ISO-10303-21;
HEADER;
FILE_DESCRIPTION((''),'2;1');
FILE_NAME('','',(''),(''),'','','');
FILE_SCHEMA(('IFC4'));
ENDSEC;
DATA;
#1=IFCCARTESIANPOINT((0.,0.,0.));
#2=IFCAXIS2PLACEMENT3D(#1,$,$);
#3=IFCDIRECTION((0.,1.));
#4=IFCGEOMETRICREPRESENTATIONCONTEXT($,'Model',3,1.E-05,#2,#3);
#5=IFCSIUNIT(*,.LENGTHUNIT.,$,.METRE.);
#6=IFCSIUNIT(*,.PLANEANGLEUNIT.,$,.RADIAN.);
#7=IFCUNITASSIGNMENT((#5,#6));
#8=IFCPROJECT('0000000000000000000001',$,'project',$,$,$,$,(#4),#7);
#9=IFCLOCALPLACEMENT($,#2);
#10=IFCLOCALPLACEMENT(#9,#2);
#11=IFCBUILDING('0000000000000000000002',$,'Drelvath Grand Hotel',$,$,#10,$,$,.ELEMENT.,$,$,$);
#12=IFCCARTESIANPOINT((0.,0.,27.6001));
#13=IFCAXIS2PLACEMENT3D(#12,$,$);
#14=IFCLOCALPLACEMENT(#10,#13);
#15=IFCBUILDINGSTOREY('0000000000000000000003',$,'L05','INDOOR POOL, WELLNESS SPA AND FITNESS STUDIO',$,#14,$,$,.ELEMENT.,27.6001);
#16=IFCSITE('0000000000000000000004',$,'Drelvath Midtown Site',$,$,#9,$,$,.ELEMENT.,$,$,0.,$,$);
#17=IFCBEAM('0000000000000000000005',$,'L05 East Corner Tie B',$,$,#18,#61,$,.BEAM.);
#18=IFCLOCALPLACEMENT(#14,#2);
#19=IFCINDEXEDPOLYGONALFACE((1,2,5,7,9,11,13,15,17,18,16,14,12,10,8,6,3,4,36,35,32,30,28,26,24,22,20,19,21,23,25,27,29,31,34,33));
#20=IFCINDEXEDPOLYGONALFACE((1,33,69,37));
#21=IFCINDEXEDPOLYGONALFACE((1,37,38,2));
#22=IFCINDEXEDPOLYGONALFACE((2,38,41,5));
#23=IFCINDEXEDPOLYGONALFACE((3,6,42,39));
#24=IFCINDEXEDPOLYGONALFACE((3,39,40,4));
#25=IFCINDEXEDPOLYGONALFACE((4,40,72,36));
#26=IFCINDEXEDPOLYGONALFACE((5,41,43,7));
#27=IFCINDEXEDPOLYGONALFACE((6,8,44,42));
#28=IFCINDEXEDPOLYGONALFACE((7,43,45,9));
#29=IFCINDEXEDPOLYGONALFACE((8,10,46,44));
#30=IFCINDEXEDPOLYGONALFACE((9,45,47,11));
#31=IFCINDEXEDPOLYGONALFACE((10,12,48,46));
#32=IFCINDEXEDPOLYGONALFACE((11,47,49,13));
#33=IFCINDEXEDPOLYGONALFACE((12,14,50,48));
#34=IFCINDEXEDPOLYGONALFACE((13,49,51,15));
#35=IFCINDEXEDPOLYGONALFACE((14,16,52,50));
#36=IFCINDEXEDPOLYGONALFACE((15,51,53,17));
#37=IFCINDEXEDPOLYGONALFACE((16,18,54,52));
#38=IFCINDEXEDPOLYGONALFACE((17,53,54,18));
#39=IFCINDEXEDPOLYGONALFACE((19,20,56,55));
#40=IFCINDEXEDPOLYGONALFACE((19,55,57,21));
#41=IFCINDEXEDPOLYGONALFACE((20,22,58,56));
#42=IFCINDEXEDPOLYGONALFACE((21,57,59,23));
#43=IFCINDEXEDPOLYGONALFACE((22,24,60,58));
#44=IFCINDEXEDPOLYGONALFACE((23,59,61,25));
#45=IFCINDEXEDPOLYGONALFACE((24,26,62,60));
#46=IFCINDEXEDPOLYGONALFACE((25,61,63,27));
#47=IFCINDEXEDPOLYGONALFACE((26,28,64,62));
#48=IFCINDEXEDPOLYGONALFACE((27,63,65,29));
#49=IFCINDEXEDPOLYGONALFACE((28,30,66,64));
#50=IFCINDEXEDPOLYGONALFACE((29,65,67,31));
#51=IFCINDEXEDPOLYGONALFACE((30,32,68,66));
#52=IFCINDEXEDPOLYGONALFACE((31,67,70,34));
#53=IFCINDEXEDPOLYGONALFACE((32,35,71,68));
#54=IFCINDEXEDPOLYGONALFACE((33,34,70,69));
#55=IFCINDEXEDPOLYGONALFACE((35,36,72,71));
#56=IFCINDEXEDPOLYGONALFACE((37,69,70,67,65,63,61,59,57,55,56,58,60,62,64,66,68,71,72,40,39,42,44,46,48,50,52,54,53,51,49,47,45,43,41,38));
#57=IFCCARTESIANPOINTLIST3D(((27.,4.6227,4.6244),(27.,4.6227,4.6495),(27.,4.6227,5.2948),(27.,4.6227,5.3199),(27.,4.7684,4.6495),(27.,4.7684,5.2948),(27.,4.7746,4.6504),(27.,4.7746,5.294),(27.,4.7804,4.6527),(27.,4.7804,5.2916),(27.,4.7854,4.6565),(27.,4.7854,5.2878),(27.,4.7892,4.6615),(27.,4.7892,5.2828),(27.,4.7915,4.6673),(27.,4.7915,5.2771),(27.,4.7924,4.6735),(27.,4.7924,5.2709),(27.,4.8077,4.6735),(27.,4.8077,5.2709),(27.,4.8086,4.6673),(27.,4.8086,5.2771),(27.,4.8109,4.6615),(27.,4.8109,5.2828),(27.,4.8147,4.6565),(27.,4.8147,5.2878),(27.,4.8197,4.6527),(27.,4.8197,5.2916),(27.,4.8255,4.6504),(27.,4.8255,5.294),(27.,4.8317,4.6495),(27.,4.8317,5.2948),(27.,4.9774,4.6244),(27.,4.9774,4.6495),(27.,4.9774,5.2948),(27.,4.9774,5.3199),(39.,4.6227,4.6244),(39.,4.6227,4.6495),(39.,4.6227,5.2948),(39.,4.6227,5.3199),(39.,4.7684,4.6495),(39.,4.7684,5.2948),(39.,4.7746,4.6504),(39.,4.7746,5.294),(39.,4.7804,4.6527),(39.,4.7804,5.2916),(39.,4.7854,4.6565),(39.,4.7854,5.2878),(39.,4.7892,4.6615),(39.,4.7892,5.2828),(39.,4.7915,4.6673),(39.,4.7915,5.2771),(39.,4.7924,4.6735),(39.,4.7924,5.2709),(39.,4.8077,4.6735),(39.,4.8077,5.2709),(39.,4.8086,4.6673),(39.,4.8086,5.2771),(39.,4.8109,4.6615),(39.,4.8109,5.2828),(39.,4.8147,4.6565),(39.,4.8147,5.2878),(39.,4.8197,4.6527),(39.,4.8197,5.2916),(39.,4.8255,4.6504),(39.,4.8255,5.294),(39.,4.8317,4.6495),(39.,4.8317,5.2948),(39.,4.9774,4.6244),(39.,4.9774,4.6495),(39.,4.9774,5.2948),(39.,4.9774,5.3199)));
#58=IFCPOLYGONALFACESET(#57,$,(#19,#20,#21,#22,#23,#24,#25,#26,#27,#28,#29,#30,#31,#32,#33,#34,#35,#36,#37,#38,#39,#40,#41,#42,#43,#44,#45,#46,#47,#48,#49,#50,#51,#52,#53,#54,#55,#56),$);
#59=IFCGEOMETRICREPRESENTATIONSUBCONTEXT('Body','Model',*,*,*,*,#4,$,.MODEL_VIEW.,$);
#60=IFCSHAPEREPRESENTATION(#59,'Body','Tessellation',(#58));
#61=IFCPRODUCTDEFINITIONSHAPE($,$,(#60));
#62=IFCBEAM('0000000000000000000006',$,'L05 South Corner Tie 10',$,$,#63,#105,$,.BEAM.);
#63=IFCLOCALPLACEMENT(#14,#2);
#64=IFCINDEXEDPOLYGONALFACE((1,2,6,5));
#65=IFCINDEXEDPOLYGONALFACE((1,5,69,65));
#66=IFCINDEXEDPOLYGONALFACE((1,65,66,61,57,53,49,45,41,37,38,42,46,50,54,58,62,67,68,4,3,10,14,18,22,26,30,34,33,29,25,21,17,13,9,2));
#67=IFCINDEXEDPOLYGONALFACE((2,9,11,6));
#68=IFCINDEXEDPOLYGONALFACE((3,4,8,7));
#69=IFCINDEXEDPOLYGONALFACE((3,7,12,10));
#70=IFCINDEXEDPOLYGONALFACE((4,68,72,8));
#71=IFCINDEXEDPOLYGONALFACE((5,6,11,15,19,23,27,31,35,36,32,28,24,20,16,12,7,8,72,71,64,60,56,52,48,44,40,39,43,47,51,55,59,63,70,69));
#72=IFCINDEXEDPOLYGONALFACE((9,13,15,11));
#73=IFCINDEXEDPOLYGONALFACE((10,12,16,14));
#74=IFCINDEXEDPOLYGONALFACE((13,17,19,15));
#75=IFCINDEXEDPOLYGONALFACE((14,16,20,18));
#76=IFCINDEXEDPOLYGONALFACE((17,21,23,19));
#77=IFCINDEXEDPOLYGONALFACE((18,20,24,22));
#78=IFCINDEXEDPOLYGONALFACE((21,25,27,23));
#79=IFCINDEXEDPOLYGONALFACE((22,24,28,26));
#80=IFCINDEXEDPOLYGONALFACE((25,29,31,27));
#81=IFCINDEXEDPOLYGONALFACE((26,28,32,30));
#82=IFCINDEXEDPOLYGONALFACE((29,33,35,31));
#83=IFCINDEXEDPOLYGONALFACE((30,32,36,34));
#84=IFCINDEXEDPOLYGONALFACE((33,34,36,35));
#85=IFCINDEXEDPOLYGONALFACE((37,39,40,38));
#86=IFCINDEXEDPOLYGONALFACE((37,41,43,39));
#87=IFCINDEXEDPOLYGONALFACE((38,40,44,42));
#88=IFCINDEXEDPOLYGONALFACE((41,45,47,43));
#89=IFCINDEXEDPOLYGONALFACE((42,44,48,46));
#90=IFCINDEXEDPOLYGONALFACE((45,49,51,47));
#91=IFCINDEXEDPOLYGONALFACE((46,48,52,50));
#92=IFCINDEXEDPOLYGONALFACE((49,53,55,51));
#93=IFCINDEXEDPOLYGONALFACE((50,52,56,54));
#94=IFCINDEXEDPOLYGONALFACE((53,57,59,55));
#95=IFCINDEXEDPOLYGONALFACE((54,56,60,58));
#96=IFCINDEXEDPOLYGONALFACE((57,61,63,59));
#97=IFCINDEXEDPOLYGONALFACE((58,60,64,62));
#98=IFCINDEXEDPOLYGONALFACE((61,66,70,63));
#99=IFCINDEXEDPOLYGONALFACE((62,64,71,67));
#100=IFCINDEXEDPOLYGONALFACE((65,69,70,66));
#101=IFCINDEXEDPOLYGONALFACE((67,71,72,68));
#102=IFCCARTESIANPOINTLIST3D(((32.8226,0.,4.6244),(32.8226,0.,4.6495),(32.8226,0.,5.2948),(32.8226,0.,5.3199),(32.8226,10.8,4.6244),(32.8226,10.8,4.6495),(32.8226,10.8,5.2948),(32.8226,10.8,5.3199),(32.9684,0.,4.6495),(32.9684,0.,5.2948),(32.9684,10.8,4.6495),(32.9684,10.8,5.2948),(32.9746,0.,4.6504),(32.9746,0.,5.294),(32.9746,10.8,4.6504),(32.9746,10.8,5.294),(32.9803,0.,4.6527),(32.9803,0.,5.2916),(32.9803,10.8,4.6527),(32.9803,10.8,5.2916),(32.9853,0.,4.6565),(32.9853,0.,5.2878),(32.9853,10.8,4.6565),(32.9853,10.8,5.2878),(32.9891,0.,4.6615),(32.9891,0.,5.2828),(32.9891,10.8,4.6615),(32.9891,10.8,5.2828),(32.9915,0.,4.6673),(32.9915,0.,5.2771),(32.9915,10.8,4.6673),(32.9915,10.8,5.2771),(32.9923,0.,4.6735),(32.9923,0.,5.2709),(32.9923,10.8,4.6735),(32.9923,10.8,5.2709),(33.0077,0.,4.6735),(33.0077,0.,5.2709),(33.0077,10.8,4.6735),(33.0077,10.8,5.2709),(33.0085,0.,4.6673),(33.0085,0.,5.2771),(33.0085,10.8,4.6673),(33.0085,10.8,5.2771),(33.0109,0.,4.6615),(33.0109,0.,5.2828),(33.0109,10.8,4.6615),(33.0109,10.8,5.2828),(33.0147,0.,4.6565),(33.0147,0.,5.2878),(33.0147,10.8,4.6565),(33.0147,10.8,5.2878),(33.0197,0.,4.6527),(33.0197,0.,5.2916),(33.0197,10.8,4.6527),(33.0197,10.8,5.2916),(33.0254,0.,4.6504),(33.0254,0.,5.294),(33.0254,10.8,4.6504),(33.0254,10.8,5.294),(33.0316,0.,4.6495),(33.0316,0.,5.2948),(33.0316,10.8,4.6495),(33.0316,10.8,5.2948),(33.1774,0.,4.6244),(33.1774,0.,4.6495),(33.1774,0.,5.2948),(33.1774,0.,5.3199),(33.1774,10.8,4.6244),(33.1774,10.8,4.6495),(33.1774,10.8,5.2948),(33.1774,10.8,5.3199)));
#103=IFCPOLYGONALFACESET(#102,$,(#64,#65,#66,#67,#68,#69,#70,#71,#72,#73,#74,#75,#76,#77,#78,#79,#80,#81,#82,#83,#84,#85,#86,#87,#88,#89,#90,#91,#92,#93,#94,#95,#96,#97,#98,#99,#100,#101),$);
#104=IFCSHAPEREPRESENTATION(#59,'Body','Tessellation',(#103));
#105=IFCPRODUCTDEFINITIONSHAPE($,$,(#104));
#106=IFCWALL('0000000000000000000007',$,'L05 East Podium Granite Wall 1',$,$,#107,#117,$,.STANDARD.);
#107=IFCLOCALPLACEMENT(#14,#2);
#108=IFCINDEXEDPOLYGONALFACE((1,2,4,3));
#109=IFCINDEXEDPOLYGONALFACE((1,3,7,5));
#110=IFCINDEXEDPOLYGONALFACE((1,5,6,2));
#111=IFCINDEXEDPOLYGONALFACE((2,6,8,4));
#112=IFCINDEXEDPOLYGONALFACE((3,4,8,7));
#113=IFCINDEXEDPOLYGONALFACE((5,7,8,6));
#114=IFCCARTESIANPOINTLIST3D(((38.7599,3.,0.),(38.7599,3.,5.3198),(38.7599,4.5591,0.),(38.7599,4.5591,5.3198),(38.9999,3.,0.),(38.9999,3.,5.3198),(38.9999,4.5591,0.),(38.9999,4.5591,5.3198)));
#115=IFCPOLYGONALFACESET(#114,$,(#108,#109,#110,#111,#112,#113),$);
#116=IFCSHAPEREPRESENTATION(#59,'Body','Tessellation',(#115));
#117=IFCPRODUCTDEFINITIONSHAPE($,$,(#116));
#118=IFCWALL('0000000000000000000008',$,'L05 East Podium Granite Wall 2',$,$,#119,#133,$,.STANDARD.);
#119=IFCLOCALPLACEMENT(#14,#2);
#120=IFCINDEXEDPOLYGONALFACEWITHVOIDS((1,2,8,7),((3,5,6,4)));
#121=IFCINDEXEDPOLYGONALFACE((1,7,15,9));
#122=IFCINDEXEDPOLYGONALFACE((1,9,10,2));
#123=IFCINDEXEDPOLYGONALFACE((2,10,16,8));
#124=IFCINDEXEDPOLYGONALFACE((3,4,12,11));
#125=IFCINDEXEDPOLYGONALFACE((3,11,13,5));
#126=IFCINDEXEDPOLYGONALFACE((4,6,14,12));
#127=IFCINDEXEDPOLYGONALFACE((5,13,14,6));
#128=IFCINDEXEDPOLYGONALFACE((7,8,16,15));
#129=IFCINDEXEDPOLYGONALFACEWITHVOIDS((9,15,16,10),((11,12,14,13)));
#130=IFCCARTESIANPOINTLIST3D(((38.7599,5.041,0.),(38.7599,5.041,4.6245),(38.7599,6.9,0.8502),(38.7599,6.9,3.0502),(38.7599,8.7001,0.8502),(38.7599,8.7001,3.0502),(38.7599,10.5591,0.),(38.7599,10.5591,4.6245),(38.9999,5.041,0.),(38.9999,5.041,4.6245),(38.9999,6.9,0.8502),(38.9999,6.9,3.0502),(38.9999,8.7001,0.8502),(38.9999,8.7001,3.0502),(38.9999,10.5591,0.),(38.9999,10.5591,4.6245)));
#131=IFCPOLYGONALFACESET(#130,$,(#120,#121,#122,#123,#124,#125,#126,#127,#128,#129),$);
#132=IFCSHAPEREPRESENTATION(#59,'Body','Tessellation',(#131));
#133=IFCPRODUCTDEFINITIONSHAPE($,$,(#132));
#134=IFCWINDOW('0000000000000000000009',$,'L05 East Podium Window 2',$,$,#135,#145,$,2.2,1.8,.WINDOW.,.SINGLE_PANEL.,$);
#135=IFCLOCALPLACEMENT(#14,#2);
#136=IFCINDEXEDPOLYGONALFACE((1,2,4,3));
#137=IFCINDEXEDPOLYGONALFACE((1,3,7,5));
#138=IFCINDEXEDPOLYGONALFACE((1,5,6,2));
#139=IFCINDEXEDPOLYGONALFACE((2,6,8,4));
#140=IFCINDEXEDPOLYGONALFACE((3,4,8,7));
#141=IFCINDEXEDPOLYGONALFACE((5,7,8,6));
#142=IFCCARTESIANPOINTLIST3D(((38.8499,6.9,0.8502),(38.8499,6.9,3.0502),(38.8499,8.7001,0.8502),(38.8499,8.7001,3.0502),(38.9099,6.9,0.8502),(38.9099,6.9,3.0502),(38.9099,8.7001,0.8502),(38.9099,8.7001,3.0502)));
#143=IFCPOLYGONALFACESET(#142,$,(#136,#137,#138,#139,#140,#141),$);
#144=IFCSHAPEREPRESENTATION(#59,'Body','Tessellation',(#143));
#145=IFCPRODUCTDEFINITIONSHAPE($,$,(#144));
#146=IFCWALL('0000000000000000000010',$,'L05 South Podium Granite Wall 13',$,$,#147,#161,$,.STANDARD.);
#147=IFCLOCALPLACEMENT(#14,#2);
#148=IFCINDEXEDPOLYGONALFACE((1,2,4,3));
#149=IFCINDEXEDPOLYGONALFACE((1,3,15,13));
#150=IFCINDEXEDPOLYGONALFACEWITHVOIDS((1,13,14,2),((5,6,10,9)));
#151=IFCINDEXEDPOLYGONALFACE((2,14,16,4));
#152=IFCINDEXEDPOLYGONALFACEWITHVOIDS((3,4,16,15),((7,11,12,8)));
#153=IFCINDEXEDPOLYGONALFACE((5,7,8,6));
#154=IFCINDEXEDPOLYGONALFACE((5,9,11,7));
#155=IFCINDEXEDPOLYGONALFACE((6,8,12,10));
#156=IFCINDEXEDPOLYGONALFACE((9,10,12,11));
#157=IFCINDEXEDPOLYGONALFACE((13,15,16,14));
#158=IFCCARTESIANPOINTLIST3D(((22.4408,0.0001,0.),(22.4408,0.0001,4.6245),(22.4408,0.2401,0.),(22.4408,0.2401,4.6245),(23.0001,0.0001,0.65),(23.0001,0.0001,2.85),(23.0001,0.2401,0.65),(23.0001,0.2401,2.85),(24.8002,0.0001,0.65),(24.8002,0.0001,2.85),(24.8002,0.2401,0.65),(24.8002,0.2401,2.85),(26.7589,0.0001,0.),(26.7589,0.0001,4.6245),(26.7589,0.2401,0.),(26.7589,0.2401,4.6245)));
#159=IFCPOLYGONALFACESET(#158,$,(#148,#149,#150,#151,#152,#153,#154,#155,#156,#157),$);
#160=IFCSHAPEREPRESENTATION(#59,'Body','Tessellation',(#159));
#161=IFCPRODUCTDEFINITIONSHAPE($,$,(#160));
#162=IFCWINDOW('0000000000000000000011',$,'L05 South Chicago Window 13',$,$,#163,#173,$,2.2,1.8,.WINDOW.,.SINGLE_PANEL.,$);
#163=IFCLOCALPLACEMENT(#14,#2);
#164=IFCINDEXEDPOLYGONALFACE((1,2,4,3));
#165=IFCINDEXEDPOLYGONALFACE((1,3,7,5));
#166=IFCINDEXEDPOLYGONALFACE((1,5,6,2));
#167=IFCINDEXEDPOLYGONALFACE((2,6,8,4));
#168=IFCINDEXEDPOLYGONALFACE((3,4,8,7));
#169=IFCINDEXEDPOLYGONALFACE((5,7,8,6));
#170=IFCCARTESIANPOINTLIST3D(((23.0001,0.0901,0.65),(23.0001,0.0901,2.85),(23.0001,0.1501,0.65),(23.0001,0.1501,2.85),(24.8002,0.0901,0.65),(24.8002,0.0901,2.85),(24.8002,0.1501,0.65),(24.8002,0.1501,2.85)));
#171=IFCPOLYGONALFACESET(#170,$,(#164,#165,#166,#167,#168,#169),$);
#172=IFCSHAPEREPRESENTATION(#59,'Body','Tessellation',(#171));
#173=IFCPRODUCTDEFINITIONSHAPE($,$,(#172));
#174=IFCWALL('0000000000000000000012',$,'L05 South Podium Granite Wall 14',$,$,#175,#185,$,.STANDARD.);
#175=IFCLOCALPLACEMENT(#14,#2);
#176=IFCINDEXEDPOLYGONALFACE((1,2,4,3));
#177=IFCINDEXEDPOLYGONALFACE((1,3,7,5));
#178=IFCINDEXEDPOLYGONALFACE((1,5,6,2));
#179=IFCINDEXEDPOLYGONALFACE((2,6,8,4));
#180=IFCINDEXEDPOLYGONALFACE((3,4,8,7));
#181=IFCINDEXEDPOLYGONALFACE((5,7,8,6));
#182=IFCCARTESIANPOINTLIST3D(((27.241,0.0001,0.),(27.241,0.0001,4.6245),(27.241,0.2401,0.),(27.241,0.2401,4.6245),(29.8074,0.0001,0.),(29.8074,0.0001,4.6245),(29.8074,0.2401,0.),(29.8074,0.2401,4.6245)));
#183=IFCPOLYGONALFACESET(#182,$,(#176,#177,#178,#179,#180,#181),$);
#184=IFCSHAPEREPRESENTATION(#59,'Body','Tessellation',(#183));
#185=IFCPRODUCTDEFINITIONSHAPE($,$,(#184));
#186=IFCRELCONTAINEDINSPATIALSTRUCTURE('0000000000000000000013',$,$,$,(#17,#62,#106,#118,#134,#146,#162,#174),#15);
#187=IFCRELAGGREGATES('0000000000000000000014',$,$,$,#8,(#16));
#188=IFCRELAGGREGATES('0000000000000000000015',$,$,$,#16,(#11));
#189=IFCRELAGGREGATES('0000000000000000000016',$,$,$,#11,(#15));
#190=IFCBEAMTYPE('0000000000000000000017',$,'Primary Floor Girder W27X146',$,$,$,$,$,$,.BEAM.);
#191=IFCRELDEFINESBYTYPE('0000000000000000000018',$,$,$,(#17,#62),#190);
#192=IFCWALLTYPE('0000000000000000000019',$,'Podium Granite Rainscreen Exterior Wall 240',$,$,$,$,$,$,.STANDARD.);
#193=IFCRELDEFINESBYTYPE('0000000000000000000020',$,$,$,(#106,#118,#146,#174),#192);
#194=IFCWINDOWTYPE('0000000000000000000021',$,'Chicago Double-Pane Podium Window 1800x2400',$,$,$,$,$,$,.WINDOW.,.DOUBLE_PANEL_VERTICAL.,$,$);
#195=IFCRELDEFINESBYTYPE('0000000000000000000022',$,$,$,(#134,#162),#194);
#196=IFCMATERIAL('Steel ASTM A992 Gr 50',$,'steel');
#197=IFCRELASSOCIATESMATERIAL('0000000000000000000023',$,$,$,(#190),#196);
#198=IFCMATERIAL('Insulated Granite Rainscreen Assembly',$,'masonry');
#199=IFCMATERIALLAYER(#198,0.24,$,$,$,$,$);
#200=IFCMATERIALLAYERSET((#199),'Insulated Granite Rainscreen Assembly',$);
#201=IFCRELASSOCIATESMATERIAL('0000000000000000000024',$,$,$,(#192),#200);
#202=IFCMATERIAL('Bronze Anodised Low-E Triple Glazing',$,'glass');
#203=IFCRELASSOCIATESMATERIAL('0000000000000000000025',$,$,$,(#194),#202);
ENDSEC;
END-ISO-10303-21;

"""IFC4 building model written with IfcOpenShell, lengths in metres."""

from ifc_helpers import new_model, si_unit, direction, frame, frame_2d, origin, origin_2d, place, context, subcontext, project, spatial, rectangle, i_section, extrude, material, layer, layer_set, material_profile, profile_set, type_object, element, fill, save


model = new_model("IFC4")

# Units and contexts
model_context = context("Model", 3, precision=1e-05, world=origin(), true_north=direction((0.0, 1.0)))
body_context = subcontext(model_context, "Body", "Model", "MODEL_VIEW")
ifc_project = project(units=[si_unit("LENGTHUNIT", "METRE"), si_unit("PLANEANGLEUNIT", "RADIAN")], contexts=[model_context])

# Site, building, storey
site_placement = place(None, origin())
site = spatial("IfcSite", under=ifc_project, at=site_placement, Name="Drelvath Midtown Site", CompositionType="ELEMENT", RefElevation=0.0)
building_placement = place(site_placement, origin())
building = spatial("IfcBuilding", under=site, at=building_placement, Name="Drelvath Grand Hotel", CompositionType="ELEMENT")
storey_placement = place(building_placement, frame((0.0, 0.0, 27.6001)))
storey = spatial("IfcBuildingStorey", under=building, at=storey_placement, Name="L05", Description="INDOOR POOL, WELLNESS SPA AND FITNESS STUDIO", CompositionType="ELEMENT", Elevation=27.6001)

# Beams
ifc_material_1 = material(Name="Steel ASTM A992 Gr 50", Category="steel")
ifc_material_profile_1 = material_profile(ifc_material_1, i_section(OverallWidth=0.3547, OverallDepth=0.6956, WebThickness=0.0154, FlangeThickness=0.0251, FilletRadius=0.0239, at=origin_2d()), Name="W27X146")
ifc_profile_set_1 = profile_set([ifc_material_profile_1], Name="Steel ASTM A992 Gr 50")
beam_type_1 = type_object("IfcBeamType", Name="Primary Floor Girder W27X146", PredefinedType="BEAM", material=ifc_profile_set_1)
beam_1_placement = place(storey_placement, frame((27.0, 4.8, 4.9722), z_axis=(1.0, 0.0, 0.0), x_axis=(0.0, 1.0, 0.0)))
element("IfcBeam", 1, at=beam_1_placement, inside=storey, type_object=beam_type_1, Name="L05 East Corner Tie B", PredefinedType="BEAM", context=body_context, shape_type="SweptSolid", body=[
    extrude(i_section(OverallWidth=0.3547, OverallDepth=0.6956, WebThickness=0.0154, FlangeThickness=0.0251, FilletRadius=0.0239, at=origin_2d()), origin(), (0.0, 0.0, 1.0), 12.0),
])
beam_2_placement = place(storey_placement, frame((33.0, 0.0, 4.9722), z_axis=(0.0, 1.0, 0.0), x_axis=(-1.0, 0.0, 0.0)))
element("IfcBeam", 2, at=beam_2_placement, inside=storey, type_object=beam_type_1, Name="L05 South Corner Tie 10", PredefinedType="BEAM", context=body_context, shape_type="SweptSolid", body=[
    extrude(i_section(OverallWidth=0.3547, OverallDepth=0.6956, WebThickness=0.0154, FlangeThickness=0.0251, FilletRadius=0.0239, at=origin_2d()), origin(), (0.0, 0.0, 1.0), 10.8),
])

# Wall
ifc_material_2 = material(Name="Insulated Granite Rainscreen Assembly", Category="masonry")
ifc_layer_1 = layer(ifc_material_2, 0.24)
ifc_layer_set_1 = layer_set([ifc_layer_1], Name="Insulated Granite Rainscreen Assembly")
wall_type = type_object("IfcWallType", Name="Podium Granite Rainscreen Exterior Wall 240", PredefinedType="STANDARD", material=ifc_layer_set_1)
wall_1_placement = place(storey_placement, frame((38.8799, 4.5591, 0.0), z_axis=(0.0, 0.0, 1.0), x_axis=(0.0, -1.0, 0.0)))
element("IfcWall", 3, at=wall_1_placement, inside=storey, type_object=wall_type, Name="L05 East Podium Granite Wall 1", PredefinedType="STANDARD", context=body_context, shape_type="SweptSolid", body=[
    extrude(rectangle(XDim=1.5591, YDim=0.24, at=frame_2d((0.7795, 0.0))), origin(), (0.0, 0.0, 1.0), 5.3198),
])

# Walls, openings, windows
wall_2_placement = place(storey_placement, frame((38.8799, 10.5591, 0.0), z_axis=(0.0, 0.0, 1.0), x_axis=(0.0, -1.0, 0.0)))
wall_2 = element("IfcWall", 4, at=wall_2_placement, inside=storey, type_object=wall_type, Name="L05 East Podium Granite Wall 2", PredefinedType="STANDARD", context=body_context, shape_type="SweptSolid", body=[
    extrude(rectangle(XDim=5.5181, YDim=0.24, at=frame_2d((2.759, 0.0))), origin(), (0.0, 0.0, 1.0), 4.6245),
])
opening_1_placement = place(wall_2_placement, frame((1.8591, 0.0, 0.8501)))
opening_1 = element("IfcOpeningElement", 5, at=opening_1_placement, cuts=wall_2, PredefinedType="OPENING", context=body_context, shape_type="SweptSolid", body=[
    extrude(rectangle(XDim=1.8, YDim=2.2, at=frame_2d((0.8999, 1.1001))), frame((0.0, 0.1299, 0.0), z_axis=(0.0, -1.0, 0.0), x_axis=(1.0, 0.0, 0.0)), (0.0, 0.0, 1.0), 0.26),
])
ifc_material_3 = material(Name="Bronze Anodised Low-E Triple Glazing", Category="glass")
window_type = type_object("IfcWindowType", Name="Chicago Double-Pane Podium Window 1800x2400", PartitioningType="DOUBLE_PANEL_VERTICAL", PredefinedType="WINDOW", material=ifc_material_3)
window_1_placement = place(opening_1_placement, origin())
window_1 = element("IfcWindow", 6, at=window_1_placement, inside=storey, type_object=window_type, Name="L05 East Podium Window 2", OverallHeight=2.2, OverallWidth=1.8, PartitioningType="SINGLE_PANEL", PredefinedType="WINDOW", context=body_context, shape_type="SweptSolid", body=[
    extrude(rectangle(XDim=1.8, YDim=2.2, at=frame_2d((0.8999, 1.1001))), frame((0.0, 0.03, 0.0), z_axis=(0.0, -1.0, 0.0), x_axis=(1.0, 0.0, 0.0)), (0.0, 0.0, 1.0), 0.0601),
])
fill(opening_1, window_1)
wall_3_placement = place(storey_placement, frame((26.759, 0.1201, 0.0), z_axis=(0.0, 0.0, 1.0), x_axis=(-1.0, 0.0, 0.0)))
wall_3 = element("IfcWall", 7, at=wall_3_placement, inside=storey, type_object=wall_type, Name="L05 South Podium Granite Wall 13", PredefinedType="STANDARD", context=body_context, shape_type="SweptSolid", body=[
    extrude(rectangle(XDim=4.3181, YDim=0.24, at=frame_2d((2.1592, 0.0))), origin(), (0.0, 0.0, 1.0), 4.6245),
])
opening_2_placement = place(wall_3_placement, frame((1.959, 0.0, 0.6499)))
opening_2 = element("IfcOpeningElement", 8, at=opening_2_placement, cuts=wall_3, PredefinedType="OPENING", context=body_context, shape_type="SweptSolid", body=[
    extrude(rectangle(XDim=1.8, YDim=2.2, at=frame_2d((0.8999, 1.1001))), frame((0.0, 0.1299, 0.0), z_axis=(0.0, -1.0, 0.0), x_axis=(1.0, 0.0, 0.0)), (0.0, 0.0, 1.0), 0.26),
])
window_2_placement = place(opening_2_placement, origin())
window_2 = element("IfcWindow", 9, at=window_2_placement, inside=storey, type_object=window_type, Name="L05 South Chicago Window 13", OverallHeight=2.2, OverallWidth=1.8, PartitioningType="SINGLE_PANEL", PredefinedType="WINDOW", context=body_context, shape_type="SweptSolid", body=[
    extrude(rectangle(XDim=1.8, YDim=2.2, at=frame_2d((0.8999, 1.1001))), frame((0.0, 0.03, 0.0), z_axis=(0.0, -1.0, 0.0), x_axis=(1.0, 0.0, 0.0)), (0.0, 0.0, 1.0), 0.0601),
])
fill(opening_2, window_2)

# Wall
for number, where, z_axis, x_axis, name in (
    (10, (29.8074, 0.1201, 0.0), (0.0, 0.0, 1.0), (-1.0, 0.0, 0.0), "L05 South Podium Granite Wall 14"),
):
    element("IfcWall", number, at=place(storey_placement, frame(where, z_axis=z_axis, x_axis=x_axis)), inside=storey, type_object=wall_type, Name=name, PredefinedType="STANDARD", context=body_context, shape_type="SweptSolid", body=[
        extrude(rectangle(XDim=2.5664, YDim=0.24, at=frame_2d((1.2832, 0.0))), origin(), (0.0, 0.0, 1.0), 4.6245),
    ])

save(model, "model.ifc")
